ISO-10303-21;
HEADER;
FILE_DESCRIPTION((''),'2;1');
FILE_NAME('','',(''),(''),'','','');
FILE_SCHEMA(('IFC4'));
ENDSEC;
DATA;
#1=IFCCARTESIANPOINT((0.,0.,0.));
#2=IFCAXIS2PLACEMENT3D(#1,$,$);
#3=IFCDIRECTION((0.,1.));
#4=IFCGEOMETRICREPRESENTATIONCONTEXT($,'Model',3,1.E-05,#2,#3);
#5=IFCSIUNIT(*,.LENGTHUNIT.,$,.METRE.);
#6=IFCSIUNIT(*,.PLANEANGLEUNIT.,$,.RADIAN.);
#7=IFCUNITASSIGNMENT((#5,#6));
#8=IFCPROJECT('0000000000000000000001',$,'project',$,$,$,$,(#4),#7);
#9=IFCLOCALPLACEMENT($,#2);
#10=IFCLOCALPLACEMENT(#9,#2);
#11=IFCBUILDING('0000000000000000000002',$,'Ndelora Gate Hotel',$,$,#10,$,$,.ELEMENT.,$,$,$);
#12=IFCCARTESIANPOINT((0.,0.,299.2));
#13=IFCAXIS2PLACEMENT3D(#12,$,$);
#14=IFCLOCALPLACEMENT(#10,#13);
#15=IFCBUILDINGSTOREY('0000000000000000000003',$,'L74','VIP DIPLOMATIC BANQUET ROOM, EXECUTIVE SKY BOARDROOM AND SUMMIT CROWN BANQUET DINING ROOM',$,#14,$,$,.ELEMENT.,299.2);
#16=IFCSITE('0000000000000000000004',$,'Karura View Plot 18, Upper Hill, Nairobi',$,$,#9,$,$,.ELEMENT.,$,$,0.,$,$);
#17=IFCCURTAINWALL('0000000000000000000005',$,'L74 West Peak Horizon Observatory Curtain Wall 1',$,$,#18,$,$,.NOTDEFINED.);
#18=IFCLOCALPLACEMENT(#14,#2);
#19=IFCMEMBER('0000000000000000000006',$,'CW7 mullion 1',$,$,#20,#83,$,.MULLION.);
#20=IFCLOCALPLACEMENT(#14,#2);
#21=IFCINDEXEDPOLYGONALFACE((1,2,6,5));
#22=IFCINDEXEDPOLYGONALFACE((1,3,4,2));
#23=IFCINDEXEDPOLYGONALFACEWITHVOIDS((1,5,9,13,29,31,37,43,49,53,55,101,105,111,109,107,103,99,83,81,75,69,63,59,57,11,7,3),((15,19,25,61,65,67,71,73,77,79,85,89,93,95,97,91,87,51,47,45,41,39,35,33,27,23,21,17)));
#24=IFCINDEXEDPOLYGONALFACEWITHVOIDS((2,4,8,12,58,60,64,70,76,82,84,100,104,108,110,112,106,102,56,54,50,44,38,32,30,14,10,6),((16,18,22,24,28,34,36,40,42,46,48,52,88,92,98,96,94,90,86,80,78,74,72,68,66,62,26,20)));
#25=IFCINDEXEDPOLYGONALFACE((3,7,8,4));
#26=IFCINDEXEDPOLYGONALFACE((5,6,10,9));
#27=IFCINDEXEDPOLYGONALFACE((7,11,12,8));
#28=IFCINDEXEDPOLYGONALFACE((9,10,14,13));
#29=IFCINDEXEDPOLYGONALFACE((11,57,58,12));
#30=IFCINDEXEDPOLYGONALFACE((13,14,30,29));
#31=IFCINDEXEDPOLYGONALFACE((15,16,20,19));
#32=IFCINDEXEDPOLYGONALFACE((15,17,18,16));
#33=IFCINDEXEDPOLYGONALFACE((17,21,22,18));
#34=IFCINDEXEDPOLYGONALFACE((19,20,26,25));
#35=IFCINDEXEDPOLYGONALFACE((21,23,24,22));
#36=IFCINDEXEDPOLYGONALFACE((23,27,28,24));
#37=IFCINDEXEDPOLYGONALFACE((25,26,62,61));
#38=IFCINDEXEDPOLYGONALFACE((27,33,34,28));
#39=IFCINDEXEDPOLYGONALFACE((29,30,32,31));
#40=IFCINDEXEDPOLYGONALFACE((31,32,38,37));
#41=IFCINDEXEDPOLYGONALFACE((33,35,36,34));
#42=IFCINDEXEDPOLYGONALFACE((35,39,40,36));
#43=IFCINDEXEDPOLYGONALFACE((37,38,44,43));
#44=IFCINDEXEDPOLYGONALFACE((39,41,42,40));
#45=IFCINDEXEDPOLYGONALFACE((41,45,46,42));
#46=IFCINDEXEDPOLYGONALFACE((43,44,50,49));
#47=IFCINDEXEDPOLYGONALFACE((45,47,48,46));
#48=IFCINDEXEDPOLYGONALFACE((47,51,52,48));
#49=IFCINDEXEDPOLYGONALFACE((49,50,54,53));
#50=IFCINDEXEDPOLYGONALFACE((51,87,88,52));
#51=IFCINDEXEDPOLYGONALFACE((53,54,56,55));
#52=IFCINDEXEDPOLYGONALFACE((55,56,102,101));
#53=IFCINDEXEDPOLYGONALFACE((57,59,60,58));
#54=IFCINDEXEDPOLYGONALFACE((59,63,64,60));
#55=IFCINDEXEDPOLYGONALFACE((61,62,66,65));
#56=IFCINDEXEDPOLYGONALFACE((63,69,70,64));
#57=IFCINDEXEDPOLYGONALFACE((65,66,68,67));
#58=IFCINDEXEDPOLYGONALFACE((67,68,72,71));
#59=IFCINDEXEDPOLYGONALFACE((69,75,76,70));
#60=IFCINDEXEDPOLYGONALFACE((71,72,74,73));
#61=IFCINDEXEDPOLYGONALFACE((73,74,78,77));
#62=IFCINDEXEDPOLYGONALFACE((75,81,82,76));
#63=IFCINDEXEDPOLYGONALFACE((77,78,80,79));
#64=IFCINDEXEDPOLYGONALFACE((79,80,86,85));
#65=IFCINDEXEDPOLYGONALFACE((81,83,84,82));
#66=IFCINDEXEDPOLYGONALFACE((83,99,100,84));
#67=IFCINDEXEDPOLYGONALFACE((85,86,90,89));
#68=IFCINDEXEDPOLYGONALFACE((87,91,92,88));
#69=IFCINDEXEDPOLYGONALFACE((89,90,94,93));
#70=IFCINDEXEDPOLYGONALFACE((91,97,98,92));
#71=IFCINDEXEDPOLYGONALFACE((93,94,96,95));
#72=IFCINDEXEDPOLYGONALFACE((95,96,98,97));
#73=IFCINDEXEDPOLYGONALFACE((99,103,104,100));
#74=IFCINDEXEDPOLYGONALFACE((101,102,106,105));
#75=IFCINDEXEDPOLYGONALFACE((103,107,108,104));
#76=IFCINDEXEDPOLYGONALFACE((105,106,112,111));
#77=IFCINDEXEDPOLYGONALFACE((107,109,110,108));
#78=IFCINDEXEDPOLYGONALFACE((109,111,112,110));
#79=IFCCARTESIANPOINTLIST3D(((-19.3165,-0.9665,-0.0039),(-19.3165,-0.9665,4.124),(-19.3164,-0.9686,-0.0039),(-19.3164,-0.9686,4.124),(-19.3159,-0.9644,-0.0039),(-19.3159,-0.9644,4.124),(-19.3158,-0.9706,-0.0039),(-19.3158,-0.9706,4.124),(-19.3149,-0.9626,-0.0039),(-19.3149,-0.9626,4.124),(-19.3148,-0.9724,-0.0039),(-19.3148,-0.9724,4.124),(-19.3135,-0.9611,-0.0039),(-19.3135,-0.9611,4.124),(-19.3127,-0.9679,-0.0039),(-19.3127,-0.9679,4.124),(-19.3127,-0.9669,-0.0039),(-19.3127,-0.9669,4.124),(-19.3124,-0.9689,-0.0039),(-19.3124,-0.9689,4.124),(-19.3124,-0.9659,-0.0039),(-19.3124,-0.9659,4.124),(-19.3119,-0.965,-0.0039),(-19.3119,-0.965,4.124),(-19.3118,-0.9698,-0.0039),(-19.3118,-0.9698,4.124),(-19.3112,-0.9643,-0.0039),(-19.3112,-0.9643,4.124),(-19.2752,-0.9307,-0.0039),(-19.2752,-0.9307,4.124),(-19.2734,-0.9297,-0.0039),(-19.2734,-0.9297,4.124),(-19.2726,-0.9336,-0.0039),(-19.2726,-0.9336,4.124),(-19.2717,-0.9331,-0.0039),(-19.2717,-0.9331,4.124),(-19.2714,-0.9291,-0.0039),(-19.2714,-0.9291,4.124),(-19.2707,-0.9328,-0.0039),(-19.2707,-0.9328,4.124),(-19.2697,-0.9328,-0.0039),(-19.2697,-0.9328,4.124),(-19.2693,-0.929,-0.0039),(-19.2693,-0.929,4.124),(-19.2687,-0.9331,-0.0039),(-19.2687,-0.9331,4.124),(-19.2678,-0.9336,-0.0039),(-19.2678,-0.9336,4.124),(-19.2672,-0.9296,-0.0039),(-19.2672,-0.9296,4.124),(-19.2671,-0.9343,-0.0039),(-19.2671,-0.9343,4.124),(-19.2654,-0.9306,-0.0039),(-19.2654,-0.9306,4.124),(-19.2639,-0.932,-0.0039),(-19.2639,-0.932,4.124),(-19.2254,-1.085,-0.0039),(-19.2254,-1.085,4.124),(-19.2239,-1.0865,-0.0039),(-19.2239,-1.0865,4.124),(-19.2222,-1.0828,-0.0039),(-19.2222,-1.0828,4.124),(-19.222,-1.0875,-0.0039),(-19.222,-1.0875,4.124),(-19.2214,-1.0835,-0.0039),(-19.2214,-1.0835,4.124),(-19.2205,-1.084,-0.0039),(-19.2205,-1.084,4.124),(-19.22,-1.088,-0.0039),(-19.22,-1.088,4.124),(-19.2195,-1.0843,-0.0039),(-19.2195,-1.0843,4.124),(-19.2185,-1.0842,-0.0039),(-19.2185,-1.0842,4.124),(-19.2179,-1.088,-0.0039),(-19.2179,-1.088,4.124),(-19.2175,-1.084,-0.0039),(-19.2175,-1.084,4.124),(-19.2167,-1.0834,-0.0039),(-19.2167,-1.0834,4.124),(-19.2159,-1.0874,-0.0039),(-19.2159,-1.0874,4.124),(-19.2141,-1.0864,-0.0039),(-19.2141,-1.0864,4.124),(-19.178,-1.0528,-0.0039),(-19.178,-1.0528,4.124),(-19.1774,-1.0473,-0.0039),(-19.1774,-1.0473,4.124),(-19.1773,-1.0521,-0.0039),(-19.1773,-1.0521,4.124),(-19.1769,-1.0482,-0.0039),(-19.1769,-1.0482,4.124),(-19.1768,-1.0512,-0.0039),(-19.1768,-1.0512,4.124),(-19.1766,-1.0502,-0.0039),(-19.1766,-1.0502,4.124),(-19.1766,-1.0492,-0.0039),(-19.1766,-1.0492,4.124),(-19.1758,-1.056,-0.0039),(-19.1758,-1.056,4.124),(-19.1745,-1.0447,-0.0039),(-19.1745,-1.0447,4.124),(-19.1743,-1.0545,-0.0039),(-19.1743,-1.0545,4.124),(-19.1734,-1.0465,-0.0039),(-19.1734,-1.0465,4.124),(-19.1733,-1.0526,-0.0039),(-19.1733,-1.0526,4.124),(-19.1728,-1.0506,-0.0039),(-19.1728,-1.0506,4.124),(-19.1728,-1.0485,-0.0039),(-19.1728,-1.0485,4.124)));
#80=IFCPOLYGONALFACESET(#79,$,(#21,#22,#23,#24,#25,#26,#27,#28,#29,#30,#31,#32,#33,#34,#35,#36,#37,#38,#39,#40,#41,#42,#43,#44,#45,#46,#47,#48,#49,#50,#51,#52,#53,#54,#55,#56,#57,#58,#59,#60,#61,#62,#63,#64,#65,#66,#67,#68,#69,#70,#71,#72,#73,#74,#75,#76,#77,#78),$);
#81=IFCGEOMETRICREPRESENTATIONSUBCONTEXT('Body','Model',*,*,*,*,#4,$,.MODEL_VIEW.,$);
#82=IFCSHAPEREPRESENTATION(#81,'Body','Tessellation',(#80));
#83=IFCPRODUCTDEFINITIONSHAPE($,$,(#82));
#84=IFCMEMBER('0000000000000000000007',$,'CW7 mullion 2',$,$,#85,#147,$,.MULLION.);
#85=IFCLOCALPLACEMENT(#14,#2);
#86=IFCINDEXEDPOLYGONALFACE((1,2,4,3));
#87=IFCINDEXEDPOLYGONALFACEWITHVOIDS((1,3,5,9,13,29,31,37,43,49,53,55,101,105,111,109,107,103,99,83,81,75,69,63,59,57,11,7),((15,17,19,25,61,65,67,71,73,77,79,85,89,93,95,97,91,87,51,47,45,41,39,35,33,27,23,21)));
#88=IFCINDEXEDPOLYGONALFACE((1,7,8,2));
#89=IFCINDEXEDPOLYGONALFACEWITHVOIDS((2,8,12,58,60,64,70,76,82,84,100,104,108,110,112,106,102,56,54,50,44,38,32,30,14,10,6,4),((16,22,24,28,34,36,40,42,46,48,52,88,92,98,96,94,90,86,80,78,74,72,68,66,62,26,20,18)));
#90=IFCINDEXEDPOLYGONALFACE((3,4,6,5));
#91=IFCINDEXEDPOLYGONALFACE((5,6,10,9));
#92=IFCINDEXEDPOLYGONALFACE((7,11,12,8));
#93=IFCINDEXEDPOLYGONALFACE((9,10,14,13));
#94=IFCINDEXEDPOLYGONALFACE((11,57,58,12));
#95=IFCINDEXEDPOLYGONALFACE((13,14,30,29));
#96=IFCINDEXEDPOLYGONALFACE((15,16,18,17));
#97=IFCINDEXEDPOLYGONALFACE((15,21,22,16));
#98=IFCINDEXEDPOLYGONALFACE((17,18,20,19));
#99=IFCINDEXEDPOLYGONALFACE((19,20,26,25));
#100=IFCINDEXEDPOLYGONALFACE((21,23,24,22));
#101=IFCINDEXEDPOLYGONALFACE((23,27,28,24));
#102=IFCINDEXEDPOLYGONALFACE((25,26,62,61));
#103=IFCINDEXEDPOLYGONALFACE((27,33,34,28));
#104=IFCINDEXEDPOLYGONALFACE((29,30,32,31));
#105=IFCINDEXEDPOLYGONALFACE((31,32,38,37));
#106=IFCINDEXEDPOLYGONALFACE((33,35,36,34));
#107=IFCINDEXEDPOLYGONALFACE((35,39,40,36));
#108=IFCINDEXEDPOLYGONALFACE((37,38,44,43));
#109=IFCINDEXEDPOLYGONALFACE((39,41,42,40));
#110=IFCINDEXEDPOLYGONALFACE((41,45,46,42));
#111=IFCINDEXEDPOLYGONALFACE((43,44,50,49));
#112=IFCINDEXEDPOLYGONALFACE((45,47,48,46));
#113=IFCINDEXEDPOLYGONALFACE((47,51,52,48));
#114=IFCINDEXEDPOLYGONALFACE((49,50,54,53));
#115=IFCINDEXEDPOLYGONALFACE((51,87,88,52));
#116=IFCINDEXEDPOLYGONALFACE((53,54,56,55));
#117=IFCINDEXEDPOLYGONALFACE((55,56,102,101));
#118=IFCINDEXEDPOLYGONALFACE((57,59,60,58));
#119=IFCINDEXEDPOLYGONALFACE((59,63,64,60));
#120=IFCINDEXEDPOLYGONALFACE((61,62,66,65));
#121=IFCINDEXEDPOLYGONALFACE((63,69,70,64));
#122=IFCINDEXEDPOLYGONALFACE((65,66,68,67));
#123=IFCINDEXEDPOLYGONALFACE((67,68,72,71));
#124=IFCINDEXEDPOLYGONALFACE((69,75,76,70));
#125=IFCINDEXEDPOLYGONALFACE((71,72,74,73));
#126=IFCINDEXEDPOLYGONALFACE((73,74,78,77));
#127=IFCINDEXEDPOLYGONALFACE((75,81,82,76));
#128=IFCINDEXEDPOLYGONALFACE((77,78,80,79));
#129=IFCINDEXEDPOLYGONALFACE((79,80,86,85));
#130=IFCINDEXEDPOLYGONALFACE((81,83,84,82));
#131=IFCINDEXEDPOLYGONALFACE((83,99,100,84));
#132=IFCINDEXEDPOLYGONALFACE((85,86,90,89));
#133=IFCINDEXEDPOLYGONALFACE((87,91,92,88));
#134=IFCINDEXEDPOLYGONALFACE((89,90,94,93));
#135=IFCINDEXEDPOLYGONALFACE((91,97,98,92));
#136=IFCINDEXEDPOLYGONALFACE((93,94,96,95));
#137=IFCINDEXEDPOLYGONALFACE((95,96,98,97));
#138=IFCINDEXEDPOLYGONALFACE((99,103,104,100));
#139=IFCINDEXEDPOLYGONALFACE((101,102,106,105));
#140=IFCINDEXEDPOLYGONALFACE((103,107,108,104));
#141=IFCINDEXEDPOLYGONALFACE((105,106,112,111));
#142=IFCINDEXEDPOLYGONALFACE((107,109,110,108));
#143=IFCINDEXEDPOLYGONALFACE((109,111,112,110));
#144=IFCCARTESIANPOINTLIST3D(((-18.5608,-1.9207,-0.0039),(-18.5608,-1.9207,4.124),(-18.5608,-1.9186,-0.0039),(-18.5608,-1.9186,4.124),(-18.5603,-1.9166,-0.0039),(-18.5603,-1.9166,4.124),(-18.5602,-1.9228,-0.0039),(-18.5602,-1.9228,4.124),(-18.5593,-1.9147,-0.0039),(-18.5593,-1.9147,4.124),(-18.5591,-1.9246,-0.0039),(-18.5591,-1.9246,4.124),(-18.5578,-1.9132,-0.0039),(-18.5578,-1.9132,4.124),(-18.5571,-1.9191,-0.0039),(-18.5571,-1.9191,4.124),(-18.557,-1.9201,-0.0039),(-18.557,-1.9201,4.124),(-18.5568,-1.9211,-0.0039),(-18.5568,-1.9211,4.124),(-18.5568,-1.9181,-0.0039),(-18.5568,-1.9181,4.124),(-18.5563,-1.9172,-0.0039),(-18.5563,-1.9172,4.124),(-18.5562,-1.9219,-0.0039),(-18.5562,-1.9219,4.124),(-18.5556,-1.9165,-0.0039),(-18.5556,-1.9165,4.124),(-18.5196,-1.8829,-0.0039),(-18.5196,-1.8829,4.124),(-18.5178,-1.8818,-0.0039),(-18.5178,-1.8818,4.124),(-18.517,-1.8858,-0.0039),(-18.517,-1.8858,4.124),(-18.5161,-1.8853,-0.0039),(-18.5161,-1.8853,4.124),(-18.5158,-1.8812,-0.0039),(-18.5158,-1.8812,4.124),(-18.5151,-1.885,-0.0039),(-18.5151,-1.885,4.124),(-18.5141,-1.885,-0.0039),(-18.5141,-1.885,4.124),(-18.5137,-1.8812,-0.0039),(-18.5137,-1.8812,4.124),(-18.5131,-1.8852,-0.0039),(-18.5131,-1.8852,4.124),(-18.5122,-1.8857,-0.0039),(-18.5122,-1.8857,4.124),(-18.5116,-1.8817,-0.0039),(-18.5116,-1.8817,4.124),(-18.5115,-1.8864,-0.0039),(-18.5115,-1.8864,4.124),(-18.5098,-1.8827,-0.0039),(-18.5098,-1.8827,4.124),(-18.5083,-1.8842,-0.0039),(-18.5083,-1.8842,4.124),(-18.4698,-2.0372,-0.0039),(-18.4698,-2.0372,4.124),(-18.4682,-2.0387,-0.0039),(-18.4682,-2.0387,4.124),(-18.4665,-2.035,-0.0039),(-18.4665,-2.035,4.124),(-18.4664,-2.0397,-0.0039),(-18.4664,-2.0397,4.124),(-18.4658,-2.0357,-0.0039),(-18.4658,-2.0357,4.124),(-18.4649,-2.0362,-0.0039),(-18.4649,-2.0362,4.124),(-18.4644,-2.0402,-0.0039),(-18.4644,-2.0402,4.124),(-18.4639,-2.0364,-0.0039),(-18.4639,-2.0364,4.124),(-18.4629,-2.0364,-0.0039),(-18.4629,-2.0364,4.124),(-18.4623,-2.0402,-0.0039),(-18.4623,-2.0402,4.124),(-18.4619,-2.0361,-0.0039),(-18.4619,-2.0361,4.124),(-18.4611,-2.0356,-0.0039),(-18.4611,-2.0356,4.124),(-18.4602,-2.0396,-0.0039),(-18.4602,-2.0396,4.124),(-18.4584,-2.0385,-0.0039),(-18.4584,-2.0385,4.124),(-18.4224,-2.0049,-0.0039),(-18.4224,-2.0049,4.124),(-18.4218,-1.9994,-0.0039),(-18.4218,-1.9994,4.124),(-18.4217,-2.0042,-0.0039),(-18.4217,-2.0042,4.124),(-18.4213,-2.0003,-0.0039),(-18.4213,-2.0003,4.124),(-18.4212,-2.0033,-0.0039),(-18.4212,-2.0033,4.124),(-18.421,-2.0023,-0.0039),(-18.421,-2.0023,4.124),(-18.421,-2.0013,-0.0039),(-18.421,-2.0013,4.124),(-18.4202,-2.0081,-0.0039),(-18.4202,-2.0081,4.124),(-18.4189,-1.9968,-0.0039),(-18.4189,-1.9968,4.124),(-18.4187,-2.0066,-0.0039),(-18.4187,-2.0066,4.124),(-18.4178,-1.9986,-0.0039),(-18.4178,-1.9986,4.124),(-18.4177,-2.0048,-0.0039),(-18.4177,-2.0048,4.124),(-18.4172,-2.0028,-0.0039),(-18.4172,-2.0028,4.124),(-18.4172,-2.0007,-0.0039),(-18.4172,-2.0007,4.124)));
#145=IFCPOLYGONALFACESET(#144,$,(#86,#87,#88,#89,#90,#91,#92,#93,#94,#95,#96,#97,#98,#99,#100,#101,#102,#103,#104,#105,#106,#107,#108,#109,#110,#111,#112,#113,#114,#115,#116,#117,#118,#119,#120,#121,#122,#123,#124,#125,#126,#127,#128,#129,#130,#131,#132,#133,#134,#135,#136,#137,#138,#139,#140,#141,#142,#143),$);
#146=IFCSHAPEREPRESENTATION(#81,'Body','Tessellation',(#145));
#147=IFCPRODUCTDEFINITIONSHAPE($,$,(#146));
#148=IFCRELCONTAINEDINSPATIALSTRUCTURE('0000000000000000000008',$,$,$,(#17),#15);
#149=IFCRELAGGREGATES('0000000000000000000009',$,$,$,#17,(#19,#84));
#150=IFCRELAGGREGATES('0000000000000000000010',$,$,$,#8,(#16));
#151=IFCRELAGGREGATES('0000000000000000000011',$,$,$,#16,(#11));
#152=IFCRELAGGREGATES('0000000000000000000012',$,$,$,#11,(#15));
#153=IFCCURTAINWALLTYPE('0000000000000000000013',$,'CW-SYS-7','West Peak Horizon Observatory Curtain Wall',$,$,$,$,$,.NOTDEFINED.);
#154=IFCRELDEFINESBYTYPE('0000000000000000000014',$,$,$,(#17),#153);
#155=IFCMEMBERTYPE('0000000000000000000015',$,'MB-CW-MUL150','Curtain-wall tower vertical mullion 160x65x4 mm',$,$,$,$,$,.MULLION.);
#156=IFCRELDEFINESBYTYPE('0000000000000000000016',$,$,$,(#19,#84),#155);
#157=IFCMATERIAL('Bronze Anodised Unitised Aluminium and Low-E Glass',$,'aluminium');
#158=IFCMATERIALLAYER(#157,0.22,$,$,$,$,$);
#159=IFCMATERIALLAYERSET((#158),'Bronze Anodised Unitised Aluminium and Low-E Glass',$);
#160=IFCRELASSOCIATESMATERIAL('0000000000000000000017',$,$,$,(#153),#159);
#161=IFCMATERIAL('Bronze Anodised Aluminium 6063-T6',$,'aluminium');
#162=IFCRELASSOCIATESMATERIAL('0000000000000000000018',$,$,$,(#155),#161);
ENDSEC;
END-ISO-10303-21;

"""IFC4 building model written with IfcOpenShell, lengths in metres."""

from ifc_helpers import new_model, si_unit, direction, frame, origin, origin_2d, place, context, subcontext, project, spatial, hollow_rectangle, extrude, material, layer, layer_set, material_profile, profile_set, type_object, element, aggregate, save


model = new_model("IFC4")

# Units and contexts
model_context = context("Model", 3, precision=1e-05, world=origin(), true_north=direction((0.0, 1.0)))
body_context = subcontext(model_context, "Body", "Model", "MODEL_VIEW")
ifc_project = project(units=[si_unit("LENGTHUNIT", "METRE"), si_unit("PLANEANGLEUNIT", "RADIAN")], contexts=[model_context])

# Site, building, storey
site_placement = place(None, origin())
site = spatial("IfcSite", under=ifc_project, at=site_placement, Name="Karura View Plot 18, Upper Hill, Nairobi", CompositionType="ELEMENT", RefElevation=0.0)
building_placement = place(site_placement, origin())
building = spatial("IfcBuilding", under=site, at=building_placement, Name="Ndelora Gate Hotel", CompositionType="ELEMENT")
storey_placement = place(building_placement, frame((0.0, 0.0, 299.2)))
storey = spatial("IfcBuildingStorey", under=building, at=storey_placement, Name="L74", Description="VIP DIPLOMATIC BANQUET ROOM, EXECUTIVE SKY BOARDROOM AND SUMMIT CROWN BANQUET DINING ROOM", CompositionType="ELEMENT", Elevation=299.2)

# Curtain wall, members
ifc_material_1 = material(Name="Bronze Anodised Unitised Aluminium and Low-E Glass", Category="aluminium")
ifc_layer_1 = layer(ifc_material_1, 0.22)
ifc_layer_set_1 = layer_set([ifc_layer_1], Name="Bronze Anodised Unitised Aluminium and Low-E Glass")
curtain_wall_type = type_object("IfcCurtainWallType", Name="CW-SYS-7", Description="West Peak Horizon Observatory Curtain Wall", PredefinedType="NOTDEFINED", material=ifc_layer_set_1)
curtain_wall_1_placement = place(storey_placement, origin())
curtain_wall_1 = element("IfcCurtainWall", 1, at=curtain_wall_1_placement, inside=storey, type_object=curtain_wall_type, Name="L74 West Peak Horizon Observatory Curtain Wall 1", PredefinedType="NOTDEFINED")
ifc_material_2 = material(Name="Bronze Anodised Aluminium 6063-T6", Category="aluminium")
ifc_material_profile_1 = material_profile(ifc_material_2, hollow_rectangle(XDim=0.0649, YDim=0.1599, WallThickness=0.0039, InnerFilletRadius=0.0039, OuterFilletRadius=0.0081, at=origin_2d()), Name="ALU 160x65x4")
ifc_profile_set_1 = profile_set([ifc_material_profile_1], Name="Bronze Anodised Aluminium 6063-T6")
member_type_1 = type_object("IfcMemberType", Name="MB-CW-MUL150", Description="Curtain-wall tower vertical mullion 160x65x4 mm", PredefinedType="MULLION", material=ifc_profile_set_1)
member_1_placement = place(storey_placement, frame((-19.2446, -1.0085, -0.0039), z_axis=(0.0, 0.0, 1.0), x_axis=(0.783317, 0.621622, 0.0)))
member_1 = element("IfcMember", 2, at=member_1_placement, type_object=member_type_1, Name="CW7 mullion 1", PredefinedType="MULLION", context=body_context, shape_type="SweptSolid", body=[
    extrude(hollow_rectangle(XDim=0.0649, YDim=0.1599, WallThickness=0.0039, InnerFilletRadius=0.0039, OuterFilletRadius=0.0081, at=origin_2d()), origin(), (0.0, 0.0, 1.0), 4.1279),
])
member_2_placement = place(storey_placement, frame((-18.489, -1.9607, -0.0039), z_axis=(0.0, 0.0, 1.0), x_axis=(0.783317, 0.621622, 0.0)))
member_2 = element("IfcMember", 3, at=member_2_placement, type_object=member_type_1, Name="CW7 mullion 2", PredefinedType="MULLION", context=body_context, shape_type="SweptSolid", body=[
    extrude(hollow_rectangle(XDim=0.0649, YDim=0.1599, WallThickness=0.0039, InnerFilletRadius=0.0039, OuterFilletRadius=0.0081, at=origin_2d()), origin(), (0.0, 0.0, 1.0), 4.1279),
])

aggregate(curtain_wall_1, [member_1, member_2])

save(model, "model.ifc")
